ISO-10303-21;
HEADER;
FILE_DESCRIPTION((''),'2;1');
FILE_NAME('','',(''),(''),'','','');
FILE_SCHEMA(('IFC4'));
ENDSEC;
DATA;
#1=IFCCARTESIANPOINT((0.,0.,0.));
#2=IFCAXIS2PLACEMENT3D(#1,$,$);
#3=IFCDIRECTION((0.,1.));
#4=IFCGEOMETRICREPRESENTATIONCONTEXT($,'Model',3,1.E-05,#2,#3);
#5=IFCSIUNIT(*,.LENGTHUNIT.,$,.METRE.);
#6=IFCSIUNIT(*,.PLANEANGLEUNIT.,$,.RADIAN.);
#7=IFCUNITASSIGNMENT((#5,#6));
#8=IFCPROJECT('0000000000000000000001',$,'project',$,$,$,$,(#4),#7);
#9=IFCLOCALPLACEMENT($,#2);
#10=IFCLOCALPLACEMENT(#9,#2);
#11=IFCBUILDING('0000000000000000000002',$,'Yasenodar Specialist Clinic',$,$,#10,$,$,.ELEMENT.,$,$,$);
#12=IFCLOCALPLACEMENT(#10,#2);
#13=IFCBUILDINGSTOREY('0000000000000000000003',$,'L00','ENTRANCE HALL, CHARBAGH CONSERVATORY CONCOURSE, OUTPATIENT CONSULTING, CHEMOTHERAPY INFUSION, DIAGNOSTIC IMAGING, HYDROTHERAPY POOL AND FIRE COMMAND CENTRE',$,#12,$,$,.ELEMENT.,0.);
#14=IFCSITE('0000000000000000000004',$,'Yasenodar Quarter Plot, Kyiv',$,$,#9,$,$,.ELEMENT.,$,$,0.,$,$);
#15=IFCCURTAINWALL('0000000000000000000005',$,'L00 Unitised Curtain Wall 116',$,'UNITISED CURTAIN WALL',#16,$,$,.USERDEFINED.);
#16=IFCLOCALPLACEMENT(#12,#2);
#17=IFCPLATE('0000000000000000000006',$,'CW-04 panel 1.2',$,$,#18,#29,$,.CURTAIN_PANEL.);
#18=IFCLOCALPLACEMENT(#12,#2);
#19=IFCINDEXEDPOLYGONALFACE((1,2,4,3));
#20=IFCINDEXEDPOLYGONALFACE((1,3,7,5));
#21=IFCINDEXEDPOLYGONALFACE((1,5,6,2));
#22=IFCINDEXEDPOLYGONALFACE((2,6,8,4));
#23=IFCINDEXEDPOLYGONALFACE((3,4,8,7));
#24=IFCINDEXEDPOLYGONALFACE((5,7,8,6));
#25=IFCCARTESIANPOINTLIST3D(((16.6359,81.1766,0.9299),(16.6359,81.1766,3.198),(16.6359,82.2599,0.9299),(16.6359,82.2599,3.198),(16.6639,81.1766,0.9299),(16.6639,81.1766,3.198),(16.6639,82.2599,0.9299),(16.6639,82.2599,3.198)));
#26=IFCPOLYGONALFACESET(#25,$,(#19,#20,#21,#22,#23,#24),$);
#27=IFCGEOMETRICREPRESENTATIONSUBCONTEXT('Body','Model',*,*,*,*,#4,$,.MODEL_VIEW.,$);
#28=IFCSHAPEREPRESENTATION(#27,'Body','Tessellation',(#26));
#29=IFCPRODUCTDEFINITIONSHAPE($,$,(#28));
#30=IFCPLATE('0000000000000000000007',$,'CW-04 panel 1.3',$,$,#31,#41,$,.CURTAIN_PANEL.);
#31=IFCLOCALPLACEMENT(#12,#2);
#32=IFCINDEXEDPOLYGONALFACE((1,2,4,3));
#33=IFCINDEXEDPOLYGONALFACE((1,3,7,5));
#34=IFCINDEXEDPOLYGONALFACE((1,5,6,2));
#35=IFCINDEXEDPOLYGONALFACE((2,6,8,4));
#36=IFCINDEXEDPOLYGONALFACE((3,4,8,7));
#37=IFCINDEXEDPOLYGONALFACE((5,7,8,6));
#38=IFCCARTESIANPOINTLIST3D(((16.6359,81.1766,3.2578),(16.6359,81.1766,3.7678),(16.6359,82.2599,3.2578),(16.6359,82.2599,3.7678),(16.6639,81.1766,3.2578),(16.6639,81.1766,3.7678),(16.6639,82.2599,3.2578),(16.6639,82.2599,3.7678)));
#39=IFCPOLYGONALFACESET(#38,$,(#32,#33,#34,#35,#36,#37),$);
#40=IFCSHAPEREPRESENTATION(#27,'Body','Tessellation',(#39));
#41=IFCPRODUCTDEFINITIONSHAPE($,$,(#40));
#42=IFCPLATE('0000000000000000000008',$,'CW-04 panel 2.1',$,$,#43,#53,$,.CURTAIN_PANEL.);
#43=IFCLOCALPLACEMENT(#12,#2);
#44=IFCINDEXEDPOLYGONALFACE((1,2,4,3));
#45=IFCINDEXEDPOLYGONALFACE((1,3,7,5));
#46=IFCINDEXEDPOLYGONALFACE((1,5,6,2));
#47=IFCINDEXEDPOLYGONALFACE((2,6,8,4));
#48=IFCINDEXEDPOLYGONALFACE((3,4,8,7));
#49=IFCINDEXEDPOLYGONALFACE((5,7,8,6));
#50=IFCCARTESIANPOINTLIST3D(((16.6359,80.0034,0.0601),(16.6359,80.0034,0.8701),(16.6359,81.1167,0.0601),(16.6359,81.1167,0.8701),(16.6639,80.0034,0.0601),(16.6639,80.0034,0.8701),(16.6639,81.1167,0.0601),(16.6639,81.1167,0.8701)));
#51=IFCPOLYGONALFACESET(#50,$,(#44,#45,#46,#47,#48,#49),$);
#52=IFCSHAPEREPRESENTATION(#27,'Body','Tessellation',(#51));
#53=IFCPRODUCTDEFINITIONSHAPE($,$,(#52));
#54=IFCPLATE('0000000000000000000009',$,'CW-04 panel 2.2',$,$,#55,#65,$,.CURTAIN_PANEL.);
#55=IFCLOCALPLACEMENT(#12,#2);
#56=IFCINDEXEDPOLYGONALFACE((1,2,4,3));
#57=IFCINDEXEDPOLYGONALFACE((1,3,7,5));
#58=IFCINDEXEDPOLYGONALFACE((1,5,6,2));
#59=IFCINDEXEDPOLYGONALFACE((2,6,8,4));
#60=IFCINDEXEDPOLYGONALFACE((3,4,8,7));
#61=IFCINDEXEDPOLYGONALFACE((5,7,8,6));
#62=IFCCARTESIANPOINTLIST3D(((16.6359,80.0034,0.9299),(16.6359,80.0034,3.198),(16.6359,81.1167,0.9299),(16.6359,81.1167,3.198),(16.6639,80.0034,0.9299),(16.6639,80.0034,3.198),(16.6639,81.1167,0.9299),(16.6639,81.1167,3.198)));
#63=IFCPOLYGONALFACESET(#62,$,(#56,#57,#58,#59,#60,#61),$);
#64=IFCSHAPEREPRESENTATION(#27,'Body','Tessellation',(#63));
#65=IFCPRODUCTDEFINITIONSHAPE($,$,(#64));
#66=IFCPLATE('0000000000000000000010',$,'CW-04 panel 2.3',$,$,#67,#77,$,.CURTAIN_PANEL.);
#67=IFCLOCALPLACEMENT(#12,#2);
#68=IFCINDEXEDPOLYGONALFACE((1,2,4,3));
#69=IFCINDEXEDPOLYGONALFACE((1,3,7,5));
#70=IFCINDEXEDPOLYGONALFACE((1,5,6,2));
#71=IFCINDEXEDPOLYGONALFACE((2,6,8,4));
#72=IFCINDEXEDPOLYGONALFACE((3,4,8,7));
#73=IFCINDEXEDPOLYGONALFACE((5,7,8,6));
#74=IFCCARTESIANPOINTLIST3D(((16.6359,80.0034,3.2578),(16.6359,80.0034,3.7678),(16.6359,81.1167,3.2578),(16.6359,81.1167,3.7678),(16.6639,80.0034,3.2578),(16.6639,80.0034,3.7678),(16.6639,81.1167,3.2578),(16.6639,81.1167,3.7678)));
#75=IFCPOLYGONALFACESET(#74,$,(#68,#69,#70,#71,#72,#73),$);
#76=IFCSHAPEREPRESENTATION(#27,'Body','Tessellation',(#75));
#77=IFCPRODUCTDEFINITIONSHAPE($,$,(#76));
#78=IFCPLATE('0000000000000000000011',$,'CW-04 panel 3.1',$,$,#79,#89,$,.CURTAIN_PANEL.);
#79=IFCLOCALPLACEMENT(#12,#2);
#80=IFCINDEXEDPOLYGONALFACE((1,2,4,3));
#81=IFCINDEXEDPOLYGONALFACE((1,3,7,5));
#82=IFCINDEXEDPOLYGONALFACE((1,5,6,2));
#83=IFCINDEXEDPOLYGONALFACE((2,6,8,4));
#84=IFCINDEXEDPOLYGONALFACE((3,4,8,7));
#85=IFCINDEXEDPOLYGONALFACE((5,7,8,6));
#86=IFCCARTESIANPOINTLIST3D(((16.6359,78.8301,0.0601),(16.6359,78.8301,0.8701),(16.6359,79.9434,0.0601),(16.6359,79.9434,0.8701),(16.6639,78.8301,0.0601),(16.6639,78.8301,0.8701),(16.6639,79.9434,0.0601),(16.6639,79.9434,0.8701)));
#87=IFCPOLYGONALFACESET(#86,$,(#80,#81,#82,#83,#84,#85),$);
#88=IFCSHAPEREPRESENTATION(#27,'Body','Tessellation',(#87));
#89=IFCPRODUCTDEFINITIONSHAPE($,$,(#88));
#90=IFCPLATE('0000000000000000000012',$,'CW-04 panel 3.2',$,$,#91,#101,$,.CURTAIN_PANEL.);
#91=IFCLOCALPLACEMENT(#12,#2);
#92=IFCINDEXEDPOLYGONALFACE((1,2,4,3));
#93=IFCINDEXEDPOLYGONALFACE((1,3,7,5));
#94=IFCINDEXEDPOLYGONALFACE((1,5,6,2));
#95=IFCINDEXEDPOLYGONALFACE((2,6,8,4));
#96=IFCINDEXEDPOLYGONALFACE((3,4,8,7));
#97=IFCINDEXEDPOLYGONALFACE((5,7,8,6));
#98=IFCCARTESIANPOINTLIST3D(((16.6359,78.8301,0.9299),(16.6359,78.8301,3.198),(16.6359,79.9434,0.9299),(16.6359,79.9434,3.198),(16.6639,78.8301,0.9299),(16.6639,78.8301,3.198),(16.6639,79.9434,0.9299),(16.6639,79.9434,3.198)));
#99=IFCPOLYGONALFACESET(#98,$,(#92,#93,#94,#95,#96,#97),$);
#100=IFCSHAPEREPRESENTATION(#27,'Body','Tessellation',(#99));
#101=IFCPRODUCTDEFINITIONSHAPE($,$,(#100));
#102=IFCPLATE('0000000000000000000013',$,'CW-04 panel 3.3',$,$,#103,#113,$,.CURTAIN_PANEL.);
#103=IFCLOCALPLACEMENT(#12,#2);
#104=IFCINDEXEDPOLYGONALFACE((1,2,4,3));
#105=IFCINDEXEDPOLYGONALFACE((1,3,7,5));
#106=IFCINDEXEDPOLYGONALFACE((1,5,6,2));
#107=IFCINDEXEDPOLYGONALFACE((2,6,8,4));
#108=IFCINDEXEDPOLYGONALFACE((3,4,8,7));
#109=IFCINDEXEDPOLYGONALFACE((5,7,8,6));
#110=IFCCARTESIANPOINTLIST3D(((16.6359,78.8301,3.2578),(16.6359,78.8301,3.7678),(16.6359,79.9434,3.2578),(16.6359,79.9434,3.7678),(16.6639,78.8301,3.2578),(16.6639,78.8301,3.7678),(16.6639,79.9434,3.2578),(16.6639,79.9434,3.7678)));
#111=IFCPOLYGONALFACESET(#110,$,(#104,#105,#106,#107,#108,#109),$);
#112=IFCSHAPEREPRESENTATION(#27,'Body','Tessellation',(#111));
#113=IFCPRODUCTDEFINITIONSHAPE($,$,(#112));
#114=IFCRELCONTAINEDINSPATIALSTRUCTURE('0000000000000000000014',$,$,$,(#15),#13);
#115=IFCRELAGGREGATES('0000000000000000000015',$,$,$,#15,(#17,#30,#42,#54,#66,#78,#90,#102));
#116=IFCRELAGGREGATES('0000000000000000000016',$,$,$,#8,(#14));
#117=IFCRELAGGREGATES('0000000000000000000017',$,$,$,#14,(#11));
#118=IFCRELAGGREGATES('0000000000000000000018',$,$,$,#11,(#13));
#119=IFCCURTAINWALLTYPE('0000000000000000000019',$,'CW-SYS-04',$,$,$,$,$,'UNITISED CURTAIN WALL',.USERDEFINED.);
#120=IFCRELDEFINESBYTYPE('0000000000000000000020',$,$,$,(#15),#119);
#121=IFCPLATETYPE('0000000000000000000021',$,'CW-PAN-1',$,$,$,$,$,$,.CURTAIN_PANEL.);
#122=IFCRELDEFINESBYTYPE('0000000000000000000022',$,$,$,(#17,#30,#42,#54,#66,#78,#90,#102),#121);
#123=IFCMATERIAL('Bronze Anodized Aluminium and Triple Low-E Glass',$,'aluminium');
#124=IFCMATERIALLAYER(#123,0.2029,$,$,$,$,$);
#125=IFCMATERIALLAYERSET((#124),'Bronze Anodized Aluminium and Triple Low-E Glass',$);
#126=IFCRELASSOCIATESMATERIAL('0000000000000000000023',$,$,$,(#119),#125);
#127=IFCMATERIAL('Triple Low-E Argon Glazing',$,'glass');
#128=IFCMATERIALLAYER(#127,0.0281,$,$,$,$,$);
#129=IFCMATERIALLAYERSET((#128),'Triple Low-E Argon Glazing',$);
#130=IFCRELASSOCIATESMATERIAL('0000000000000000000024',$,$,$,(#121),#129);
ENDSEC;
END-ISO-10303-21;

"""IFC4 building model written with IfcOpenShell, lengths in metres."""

from ifc_helpers import new_model, si_unit, direction, frame, origin, origin_2d, place, context, subcontext, project, spatial, rectangle, extrude, material, layer, layer_set, type_object, element, aggregate, save


model = new_model("IFC4")

# Units and contexts
model_context = context("Model", 3, precision=1e-05, world=origin(), true_north=direction((0.0, 1.0)))
body_context = subcontext(model_context, "Body", "Model", "MODEL_VIEW")
ifc_project = project(units=[si_unit("LENGTHUNIT", "METRE"), si_unit("PLANEANGLEUNIT", "RADIAN")], contexts=[model_context])

# Site, building, storey
site_placement = place(None, origin())
site = spatial("IfcSite", under=ifc_project, at=site_placement, Name="Yasenodar Quarter Plot, Kyiv", CompositionType="ELEMENT", RefElevation=0.0)
building_placement = place(site_placement, origin())
building = spatial("IfcBuilding", under=site, at=building_placement, Name="Yasenodar Specialist Clinic", CompositionType="ELEMENT")
storey_placement = place(building_placement, origin())
storey = spatial("IfcBuildingStorey", under=building, at=storey_placement, Name="L00", Description="ENTRANCE HALL, CHARBAGH CONSERVATORY CONCOURSE, OUTPATIENT CONSULTING, CHEMOTHERAPY INFUSION, DIAGNOSTIC IMAGING, HYDROTHERAPY POOL AND FIRE COMMAND CENTRE", CompositionType="ELEMENT", Elevation=0.0)

# Curtain wall, plates
ifc_material_1 = material(Name="Bronze Anodized Aluminium and Triple Low-E Glass", Category="aluminium")
ifc_layer_1 = layer(ifc_material_1, 0.2029)
ifc_layer_set_1 = layer_set([ifc_layer_1], Name="Bronze Anodized Aluminium and Triple Low-E Glass")
curtain_wall_type = type_object("IfcCurtainWallType", Name="CW-SYS-04", ElementType="UNITISED CURTAIN WALL", PredefinedType="USERDEFINED", material=ifc_layer_set_1)
curtain_wall_placement = place(storey_placement, origin())
curtain_wall = element("IfcCurtainWall", 1, at=curtain_wall_placement, inside=storey, type_object=curtain_wall_type, Name="L00 Unitised Curtain Wall 116", ObjectType="UNITISED CURTAIN WALL", PredefinedType="USERDEFINED")
ifc_material_2 = material(Name="Triple Low-E Argon Glazing", Category="glass")
ifc_layer_2 = layer(ifc_material_2, 0.0281)
ifc_layer_set_2 = layer_set([ifc_layer_2], Name="Triple Low-E Argon Glazing")
plate_type = type_object("IfcPlateType", Name="CW-PAN-1", PredefinedType="CURTAIN_PANEL", material=ifc_layer_set_2)
plate_1_placement = place(storey_placement, frame((16.6499, 81.7183, 0.9299), z_axis=(0.0, 0.0, 1.0), x_axis=(0.0, -1.0, 0.0)))
plate_1 = element("IfcPlate", 2, at=plate_1_placement, type_object=plate_type, Name="CW-04 panel 1.2", PredefinedType="CURTAIN_PANEL", context=body_context, shape_type="SweptSolid", body=[
    extrude(rectangle(XDim=1.0833, YDim=0.0281, at=origin_2d()), origin(), (0.0, 0.0, 1.0), 2.2681),
])
plate_2_placement = place(storey_placement, frame((16.6499, 81.7183, 3.2578), z_axis=(0.0, 0.0, 1.0), x_axis=(0.0, -1.0, 0.0)))
plate_2 = element("IfcPlate", 3, at=plate_2_placement, type_object=plate_type, Name="CW-04 panel 1.3", PredefinedType="CURTAIN_PANEL", context=body_context, shape_type="SweptSolid", body=[
    extrude(rectangle(XDim=1.0833, YDim=0.0281, at=origin_2d()), origin(), (0.0, 0.0, 1.0), 0.51),
])
plate_3_placement = place(storey_placement, frame((16.6499, 80.5601, 0.0601), z_axis=(0.0, 0.0, 1.0), x_axis=(0.0, -1.0, 0.0)))
plate_3 = element("IfcPlate", 4, at=plate_3_placement, type_object=plate_type, Name="CW-04 panel 2.1", PredefinedType="CURTAIN_PANEL", context=body_context, shape_type="SweptSolid", body=[
    extrude(rectangle(XDim=1.1133, YDim=0.0281, at=origin_2d()), origin(), (0.0, 0.0, 1.0), 0.8101),
])
plate_4_placement = place(storey_placement, frame((16.6499, 80.5601, 0.9299), z_axis=(0.0, 0.0, 1.0), x_axis=(0.0, -1.0, 0.0)))
plate_4 = element("IfcPlate", 5, at=plate_4_placement, type_object=plate_type, Name="CW-04 panel 2.2", PredefinedType="CURTAIN_PANEL", context=body_context, shape_type="SweptSolid", body=[
    extrude(rectangle(XDim=1.1133, YDim=0.0281, at=origin_2d()), origin(), (0.0, 0.0, 1.0), 2.2681),
])
plate_5_placement = place(storey_placement, frame((16.6499, 80.5601, 3.2578), z_axis=(0.0, 0.0, 1.0), x_axis=(0.0, -1.0, 0.0)))
plate_5 = element("IfcPlate", 6, at=plate_5_placement, type_object=plate_type, Name="CW-04 panel 2.3", PredefinedType="CURTAIN_PANEL", context=body_context, shape_type="SweptSolid", body=[
    extrude(rectangle(XDim=1.1133, YDim=0.0281, at=origin_2d()), origin(), (0.0, 0.0, 1.0), 0.51),
])
plate_6_placement = place(storey_placement, frame((16.6499, 79.3867, 0.0601), z_axis=(0.0, 0.0, 1.0), x_axis=(0.0, -1.0, 0.0)))
plate_6 = element("IfcPlate", 7, at=plate_6_placement, type_object=plate_type, Name="CW-04 panel 3.1", PredefinedType="CURTAIN_PANEL", context=body_context, shape_type="SweptSolid", body=[
    extrude(rectangle(XDim=1.1133, YDim=0.0281, at=origin_2d()), origin(), (0.0, 0.0, 1.0), 0.8101),
])
plate_7_placement = place(storey_placement, frame((16.6499, 79.3867, 0.9299), z_axis=(0.0, 0.0, 1.0), x_axis=(0.0, -1.0, 0.0)))
plate_7 = element("IfcPlate", 8, at=plate_7_placement, type_object=plate_type, Name="CW-04 panel 3.2", PredefinedType="CURTAIN_PANEL", context=body_context, shape_type="SweptSolid", body=[
    extrude(rectangle(XDim=1.1133, YDim=0.0281, at=origin_2d()), origin(), (0.0, 0.0, 1.0), 2.2681),
])
plate_8_placement = place(storey_placement, frame((16.6499, 79.3867, 3.2578), z_axis=(0.0, 0.0, 1.0), x_axis=(0.0, -1.0, 0.0)))
plate_8 = element("IfcPlate", 9, at=plate_8_placement, type_object=plate_type, Name="CW-04 panel 3.3", PredefinedType="CURTAIN_PANEL", context=body_context, shape_type="SweptSolid", body=[
    extrude(rectangle(XDim=1.1133, YDim=0.0281, at=origin_2d()), origin(), (0.0, 0.0, 1.0), 0.51),
])
aggregate(curtain_wall, [plate_1, plate_2, plate_3, plate_4, plate_5, plate_6, plate_7, plate_8])

save(model, "model.ifc")
